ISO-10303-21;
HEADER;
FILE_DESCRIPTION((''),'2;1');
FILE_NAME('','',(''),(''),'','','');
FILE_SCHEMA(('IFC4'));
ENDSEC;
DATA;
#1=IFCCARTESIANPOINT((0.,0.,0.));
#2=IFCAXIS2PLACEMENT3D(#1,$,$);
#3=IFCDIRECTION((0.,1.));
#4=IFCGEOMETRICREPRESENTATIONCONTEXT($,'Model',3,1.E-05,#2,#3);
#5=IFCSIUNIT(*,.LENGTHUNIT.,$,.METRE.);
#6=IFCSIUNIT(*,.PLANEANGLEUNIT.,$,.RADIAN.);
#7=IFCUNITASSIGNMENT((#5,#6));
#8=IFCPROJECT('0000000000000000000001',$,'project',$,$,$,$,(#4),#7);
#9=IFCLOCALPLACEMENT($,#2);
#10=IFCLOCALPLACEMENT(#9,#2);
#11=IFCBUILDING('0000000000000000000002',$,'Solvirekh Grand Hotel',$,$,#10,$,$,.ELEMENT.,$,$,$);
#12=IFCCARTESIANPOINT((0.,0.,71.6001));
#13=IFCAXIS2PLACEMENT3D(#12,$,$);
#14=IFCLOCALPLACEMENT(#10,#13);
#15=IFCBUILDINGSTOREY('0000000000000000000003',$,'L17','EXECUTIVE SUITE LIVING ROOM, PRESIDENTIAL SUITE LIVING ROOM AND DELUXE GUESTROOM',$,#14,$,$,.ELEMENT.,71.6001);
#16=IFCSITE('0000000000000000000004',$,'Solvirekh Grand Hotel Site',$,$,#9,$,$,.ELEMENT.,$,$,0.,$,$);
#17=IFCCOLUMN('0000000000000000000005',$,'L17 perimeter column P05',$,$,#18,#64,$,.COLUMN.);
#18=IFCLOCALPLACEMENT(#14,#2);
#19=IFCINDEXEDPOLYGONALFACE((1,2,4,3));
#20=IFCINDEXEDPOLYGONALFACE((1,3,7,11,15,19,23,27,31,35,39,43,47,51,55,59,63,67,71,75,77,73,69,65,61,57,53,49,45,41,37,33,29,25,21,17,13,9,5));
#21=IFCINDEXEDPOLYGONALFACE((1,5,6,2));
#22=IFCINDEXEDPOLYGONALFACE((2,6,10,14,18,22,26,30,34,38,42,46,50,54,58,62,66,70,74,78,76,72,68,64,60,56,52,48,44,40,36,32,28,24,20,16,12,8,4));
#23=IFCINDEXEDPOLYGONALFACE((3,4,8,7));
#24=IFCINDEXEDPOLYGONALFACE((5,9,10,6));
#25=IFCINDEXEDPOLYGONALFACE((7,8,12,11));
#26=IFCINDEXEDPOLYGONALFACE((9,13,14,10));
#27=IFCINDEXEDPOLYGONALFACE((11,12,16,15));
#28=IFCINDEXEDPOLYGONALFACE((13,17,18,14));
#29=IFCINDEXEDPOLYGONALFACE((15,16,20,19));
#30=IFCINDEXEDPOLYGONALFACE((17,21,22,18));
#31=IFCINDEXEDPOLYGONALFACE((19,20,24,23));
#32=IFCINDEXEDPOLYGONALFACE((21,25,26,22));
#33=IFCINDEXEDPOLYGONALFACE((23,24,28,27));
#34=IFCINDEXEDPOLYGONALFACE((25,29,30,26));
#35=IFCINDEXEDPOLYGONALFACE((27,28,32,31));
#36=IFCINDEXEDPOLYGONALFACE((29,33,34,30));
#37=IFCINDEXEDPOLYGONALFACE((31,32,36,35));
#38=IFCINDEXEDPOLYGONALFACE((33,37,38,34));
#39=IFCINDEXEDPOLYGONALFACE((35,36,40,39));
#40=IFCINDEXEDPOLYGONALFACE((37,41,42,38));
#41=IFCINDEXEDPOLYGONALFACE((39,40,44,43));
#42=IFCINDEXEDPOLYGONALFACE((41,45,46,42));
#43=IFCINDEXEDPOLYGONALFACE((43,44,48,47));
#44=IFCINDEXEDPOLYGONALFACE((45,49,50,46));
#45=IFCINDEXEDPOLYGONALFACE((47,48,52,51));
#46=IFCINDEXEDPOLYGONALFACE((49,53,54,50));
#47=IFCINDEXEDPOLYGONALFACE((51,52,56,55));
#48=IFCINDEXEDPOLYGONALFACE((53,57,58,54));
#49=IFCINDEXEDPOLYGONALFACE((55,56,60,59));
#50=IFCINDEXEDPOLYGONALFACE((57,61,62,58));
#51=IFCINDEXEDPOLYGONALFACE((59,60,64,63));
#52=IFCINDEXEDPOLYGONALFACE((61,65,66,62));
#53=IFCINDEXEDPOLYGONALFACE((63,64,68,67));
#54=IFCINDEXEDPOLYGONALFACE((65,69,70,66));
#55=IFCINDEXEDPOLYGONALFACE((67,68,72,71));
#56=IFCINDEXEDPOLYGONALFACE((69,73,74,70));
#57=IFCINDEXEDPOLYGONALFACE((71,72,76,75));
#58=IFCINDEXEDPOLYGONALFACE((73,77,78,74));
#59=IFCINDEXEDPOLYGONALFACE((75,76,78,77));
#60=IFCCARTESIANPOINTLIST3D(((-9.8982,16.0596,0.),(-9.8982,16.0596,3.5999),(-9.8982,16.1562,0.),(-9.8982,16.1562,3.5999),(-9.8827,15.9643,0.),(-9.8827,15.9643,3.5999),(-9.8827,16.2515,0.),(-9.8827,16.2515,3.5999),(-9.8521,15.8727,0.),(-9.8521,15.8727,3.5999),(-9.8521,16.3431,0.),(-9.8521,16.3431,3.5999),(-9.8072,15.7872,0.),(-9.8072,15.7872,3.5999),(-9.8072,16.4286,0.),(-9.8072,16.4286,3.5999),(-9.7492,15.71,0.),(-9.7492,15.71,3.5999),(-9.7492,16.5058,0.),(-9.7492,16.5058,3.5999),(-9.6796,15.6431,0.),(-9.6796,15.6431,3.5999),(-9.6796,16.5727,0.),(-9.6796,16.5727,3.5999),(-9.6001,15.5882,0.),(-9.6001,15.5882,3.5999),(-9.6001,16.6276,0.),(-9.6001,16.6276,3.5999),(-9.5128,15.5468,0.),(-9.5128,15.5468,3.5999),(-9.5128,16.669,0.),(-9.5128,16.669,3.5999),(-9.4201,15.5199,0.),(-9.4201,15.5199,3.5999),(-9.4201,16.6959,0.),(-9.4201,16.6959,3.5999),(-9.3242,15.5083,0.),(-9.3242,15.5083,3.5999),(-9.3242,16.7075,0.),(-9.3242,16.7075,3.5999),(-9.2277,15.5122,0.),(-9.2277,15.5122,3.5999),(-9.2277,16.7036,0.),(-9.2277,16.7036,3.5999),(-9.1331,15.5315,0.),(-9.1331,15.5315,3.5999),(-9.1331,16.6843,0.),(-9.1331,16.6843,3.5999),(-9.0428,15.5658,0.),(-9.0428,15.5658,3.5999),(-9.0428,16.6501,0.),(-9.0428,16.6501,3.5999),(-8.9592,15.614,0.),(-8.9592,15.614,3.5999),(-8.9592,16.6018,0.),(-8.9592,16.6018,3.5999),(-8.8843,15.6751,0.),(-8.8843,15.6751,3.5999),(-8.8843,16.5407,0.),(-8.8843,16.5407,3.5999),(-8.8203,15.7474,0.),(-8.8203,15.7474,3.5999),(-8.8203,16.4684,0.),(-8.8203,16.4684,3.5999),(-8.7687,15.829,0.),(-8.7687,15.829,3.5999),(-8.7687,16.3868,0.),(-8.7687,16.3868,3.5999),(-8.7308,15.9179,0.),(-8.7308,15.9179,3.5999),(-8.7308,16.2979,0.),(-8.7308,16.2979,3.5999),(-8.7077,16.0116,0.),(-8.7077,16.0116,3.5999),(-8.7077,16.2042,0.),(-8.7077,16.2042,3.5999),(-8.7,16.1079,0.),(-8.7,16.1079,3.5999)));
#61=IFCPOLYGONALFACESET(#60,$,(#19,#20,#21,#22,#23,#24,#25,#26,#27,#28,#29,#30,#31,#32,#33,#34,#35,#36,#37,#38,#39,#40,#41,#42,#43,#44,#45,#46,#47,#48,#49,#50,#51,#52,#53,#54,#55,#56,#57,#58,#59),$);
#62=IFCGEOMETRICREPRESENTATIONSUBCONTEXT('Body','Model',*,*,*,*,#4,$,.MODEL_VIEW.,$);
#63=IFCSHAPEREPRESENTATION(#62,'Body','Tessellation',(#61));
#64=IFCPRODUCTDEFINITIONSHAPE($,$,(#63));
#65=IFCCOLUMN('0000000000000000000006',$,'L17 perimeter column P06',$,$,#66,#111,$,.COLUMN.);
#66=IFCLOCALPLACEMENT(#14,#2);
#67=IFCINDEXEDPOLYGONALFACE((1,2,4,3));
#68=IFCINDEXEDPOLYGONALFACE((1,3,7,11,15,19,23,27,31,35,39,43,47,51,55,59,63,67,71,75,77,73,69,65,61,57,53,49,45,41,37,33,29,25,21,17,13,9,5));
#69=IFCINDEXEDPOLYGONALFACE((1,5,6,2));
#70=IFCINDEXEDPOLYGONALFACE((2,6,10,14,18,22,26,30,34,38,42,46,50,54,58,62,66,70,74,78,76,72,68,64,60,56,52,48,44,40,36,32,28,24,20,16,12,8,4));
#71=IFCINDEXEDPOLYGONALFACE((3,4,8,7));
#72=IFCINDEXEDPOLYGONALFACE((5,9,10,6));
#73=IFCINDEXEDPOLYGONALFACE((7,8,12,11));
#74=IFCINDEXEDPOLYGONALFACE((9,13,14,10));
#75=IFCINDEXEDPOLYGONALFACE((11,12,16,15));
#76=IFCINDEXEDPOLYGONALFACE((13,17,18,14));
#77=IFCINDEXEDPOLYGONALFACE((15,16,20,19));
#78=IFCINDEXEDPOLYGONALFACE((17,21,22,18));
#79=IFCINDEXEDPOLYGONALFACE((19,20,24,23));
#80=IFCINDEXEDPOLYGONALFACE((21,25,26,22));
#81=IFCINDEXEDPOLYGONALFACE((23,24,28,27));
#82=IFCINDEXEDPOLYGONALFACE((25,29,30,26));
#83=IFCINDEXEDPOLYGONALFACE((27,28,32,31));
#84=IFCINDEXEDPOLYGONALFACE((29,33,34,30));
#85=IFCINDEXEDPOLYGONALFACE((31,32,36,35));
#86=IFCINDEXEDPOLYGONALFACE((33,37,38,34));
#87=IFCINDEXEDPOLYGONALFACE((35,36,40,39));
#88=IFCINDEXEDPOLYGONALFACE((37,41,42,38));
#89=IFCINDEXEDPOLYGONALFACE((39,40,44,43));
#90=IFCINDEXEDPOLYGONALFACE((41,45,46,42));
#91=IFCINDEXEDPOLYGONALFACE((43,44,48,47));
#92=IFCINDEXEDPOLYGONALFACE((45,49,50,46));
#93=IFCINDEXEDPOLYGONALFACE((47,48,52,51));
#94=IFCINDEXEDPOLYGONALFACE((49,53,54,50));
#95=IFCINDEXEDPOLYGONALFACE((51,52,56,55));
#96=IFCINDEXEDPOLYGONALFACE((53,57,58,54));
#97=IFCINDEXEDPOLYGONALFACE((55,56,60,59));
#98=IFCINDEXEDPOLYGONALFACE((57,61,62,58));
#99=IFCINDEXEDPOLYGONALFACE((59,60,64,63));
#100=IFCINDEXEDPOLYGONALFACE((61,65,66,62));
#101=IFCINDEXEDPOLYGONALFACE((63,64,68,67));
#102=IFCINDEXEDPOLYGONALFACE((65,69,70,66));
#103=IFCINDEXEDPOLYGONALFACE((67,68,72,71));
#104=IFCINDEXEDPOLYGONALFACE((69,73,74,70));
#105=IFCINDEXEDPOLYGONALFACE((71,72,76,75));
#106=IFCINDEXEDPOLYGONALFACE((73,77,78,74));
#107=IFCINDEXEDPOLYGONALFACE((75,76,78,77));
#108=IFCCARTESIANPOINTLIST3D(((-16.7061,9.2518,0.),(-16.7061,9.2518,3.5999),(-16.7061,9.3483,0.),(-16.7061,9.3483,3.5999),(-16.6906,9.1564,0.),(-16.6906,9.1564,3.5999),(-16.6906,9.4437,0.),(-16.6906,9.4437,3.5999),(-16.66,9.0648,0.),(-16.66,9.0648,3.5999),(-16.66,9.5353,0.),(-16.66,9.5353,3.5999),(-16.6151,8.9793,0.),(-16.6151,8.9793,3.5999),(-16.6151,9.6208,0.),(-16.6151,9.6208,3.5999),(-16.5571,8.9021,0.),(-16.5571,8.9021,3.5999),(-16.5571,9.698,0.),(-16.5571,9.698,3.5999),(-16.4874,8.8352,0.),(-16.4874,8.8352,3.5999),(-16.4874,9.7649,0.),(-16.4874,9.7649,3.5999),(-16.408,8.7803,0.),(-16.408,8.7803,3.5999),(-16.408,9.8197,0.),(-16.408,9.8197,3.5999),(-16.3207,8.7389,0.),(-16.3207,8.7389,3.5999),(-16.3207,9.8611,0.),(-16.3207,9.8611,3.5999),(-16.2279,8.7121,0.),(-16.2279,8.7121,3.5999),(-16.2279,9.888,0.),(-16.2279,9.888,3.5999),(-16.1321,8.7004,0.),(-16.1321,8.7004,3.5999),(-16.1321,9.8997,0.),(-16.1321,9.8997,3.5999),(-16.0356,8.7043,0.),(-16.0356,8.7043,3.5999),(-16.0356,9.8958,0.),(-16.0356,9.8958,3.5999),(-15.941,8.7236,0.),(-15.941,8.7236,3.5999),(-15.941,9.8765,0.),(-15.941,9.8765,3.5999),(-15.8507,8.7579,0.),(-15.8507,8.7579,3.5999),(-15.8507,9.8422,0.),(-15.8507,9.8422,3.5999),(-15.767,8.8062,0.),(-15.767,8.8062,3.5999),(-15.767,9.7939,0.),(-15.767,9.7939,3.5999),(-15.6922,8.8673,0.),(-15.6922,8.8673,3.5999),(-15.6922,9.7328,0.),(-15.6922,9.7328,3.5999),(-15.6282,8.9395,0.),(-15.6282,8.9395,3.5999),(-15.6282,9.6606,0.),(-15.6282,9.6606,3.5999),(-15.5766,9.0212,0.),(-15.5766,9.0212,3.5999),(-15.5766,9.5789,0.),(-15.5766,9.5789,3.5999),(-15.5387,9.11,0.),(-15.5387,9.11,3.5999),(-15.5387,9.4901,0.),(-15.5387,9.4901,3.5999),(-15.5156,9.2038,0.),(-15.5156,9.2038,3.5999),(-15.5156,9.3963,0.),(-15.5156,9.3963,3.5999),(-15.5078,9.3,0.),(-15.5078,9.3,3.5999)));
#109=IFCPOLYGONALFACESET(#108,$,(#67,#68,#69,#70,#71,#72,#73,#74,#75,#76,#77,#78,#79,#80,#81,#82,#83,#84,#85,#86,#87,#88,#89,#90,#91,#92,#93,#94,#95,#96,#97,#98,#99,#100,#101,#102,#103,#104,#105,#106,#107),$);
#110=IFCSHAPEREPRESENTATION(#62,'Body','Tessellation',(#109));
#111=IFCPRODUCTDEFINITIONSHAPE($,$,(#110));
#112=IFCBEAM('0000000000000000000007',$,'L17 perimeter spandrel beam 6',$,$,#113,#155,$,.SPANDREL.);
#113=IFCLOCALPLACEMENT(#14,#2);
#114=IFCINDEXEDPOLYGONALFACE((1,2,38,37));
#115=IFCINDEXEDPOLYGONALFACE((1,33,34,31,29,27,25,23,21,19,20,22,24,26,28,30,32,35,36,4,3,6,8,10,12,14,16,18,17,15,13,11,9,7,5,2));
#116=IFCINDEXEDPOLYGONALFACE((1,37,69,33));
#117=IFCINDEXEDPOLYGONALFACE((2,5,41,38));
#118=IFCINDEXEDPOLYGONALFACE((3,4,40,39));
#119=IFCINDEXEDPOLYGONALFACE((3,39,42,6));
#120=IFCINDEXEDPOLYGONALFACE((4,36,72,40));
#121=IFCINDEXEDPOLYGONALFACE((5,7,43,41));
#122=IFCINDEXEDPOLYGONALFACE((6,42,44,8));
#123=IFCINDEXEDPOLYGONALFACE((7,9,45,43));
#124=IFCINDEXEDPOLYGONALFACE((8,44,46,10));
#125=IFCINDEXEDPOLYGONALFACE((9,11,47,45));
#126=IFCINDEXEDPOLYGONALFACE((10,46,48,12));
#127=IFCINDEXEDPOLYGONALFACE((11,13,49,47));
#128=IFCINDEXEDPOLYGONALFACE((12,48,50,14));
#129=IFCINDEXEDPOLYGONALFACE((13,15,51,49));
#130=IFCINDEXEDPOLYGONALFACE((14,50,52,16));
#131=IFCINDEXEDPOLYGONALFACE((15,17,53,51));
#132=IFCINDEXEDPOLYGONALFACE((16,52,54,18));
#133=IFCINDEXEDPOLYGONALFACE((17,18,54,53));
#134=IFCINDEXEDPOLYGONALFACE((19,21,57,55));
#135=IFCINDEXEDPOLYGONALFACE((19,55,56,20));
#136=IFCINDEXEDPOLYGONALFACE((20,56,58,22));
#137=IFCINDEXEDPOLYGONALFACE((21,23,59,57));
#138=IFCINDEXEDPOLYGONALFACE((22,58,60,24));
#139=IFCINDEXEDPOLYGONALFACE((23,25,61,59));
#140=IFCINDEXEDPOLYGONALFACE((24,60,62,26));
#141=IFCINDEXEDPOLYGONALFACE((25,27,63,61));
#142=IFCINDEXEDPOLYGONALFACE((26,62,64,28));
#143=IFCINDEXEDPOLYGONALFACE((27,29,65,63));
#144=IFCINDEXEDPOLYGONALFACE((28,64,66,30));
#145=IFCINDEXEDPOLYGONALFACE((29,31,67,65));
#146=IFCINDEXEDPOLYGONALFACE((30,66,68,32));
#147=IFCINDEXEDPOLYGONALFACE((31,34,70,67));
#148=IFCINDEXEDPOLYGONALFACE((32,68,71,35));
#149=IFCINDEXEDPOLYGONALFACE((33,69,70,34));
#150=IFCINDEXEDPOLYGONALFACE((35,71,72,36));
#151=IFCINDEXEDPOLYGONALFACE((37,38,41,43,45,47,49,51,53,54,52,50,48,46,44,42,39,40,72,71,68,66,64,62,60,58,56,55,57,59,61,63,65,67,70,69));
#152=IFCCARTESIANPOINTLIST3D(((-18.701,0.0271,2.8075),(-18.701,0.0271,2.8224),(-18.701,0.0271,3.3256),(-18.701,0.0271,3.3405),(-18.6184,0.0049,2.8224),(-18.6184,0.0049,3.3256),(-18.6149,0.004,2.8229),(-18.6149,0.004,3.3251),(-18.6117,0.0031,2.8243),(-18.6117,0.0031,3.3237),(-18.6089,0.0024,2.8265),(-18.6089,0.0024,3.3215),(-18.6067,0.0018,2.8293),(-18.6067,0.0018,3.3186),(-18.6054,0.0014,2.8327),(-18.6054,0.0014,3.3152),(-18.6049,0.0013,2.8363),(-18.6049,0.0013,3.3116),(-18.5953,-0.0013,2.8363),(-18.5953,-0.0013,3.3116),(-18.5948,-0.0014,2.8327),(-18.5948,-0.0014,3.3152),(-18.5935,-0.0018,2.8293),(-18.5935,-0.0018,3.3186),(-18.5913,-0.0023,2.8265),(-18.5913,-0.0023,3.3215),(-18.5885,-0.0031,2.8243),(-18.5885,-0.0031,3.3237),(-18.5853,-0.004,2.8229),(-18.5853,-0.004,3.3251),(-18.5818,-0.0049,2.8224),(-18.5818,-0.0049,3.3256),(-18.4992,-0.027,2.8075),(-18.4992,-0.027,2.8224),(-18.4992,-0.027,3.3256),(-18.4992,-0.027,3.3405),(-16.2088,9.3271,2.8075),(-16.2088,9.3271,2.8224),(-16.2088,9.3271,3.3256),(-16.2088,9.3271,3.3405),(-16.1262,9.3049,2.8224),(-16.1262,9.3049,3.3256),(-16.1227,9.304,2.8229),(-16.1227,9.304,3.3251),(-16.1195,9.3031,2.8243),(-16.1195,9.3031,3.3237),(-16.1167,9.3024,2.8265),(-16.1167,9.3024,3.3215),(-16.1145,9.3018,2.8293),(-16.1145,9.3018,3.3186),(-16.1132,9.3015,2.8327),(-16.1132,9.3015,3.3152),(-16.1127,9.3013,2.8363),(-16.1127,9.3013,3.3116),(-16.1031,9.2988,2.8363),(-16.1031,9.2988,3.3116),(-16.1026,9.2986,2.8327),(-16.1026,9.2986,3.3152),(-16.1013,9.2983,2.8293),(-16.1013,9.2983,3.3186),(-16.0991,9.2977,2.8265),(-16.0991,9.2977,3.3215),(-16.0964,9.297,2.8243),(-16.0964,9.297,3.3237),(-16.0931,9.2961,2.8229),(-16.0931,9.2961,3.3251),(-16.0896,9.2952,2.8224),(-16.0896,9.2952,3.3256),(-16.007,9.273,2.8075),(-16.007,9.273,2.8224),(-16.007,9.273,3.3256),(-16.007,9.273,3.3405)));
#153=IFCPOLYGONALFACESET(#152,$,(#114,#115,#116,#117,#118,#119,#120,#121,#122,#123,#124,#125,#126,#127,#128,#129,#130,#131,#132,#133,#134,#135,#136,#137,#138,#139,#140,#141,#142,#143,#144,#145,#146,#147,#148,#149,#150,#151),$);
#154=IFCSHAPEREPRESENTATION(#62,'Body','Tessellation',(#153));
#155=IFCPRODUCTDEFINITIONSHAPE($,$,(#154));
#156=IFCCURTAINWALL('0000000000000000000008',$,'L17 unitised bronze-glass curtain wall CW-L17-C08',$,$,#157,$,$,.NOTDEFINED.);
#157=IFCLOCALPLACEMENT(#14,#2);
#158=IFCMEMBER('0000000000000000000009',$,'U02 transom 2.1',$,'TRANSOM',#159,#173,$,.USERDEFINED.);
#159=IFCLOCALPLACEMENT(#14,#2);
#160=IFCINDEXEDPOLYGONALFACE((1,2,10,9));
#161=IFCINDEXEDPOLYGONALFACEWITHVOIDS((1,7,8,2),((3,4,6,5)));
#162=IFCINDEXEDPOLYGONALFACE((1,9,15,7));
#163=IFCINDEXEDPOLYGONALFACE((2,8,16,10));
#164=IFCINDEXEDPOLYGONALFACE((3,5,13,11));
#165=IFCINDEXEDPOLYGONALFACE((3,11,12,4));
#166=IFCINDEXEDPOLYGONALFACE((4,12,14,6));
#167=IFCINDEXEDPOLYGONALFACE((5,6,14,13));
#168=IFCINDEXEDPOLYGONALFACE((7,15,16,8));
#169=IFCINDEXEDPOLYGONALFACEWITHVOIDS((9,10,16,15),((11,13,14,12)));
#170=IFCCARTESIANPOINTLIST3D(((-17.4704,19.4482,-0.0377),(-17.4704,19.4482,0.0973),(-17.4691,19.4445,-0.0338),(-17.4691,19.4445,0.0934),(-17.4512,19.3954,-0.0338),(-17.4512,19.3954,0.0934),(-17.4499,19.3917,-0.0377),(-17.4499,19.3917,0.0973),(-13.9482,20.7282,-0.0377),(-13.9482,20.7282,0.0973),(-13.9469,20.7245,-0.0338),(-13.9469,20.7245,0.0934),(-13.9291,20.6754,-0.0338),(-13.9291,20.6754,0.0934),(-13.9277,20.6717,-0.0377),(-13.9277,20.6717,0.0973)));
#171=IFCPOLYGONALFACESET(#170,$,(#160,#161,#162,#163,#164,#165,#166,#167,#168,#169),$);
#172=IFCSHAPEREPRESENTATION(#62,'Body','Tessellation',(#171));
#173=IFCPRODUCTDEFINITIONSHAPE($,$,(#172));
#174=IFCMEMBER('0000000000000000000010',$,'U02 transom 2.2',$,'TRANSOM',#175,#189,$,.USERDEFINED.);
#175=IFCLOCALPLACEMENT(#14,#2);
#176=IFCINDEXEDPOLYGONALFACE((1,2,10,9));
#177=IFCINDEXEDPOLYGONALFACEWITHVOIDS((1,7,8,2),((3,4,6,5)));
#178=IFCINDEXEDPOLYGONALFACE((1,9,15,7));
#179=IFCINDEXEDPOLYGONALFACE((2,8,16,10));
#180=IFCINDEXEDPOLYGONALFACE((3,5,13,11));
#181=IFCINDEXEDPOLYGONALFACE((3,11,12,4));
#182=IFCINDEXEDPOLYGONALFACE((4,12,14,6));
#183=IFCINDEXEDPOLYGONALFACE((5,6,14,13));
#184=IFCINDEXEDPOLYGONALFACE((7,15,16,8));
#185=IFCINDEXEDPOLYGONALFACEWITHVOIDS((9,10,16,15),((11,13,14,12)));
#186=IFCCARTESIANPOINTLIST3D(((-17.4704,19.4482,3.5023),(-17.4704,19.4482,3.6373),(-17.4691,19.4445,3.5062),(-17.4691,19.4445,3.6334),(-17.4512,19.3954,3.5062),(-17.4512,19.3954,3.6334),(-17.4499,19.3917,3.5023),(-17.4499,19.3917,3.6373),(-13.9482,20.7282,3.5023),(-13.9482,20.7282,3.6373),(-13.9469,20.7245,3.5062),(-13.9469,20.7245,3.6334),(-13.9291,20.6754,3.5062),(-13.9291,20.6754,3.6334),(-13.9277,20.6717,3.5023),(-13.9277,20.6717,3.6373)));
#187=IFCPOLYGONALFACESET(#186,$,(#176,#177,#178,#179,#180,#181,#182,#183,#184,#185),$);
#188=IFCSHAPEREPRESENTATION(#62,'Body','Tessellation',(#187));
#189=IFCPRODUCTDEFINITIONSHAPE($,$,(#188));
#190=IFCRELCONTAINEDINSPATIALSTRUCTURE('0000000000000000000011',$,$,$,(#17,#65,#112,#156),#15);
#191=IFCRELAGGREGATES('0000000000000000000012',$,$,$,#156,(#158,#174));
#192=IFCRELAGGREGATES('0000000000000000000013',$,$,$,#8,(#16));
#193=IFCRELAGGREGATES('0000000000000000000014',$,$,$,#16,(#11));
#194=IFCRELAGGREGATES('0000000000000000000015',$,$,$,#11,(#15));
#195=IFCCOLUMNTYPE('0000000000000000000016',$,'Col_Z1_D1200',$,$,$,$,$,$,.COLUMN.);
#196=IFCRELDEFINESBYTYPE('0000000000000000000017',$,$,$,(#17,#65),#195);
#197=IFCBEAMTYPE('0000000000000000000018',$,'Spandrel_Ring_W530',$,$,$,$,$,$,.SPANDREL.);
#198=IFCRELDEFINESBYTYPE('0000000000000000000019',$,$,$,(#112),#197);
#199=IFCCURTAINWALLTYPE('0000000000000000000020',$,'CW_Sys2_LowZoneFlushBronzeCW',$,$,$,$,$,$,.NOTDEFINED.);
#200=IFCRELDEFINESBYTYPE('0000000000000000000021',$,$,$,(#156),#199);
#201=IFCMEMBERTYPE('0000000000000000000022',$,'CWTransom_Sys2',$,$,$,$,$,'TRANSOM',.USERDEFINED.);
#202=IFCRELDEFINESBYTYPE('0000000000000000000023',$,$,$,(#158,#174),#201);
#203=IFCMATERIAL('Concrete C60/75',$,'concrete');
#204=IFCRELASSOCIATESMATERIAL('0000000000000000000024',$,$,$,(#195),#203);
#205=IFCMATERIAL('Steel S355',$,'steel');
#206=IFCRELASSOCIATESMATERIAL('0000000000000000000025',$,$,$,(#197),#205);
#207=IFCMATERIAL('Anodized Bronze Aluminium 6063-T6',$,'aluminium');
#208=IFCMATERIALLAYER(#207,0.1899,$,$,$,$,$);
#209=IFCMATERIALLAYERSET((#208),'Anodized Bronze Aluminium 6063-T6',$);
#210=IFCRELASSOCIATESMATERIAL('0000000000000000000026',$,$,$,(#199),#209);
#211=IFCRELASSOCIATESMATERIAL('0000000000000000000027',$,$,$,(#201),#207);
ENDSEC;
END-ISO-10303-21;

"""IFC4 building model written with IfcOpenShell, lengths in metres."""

from ifc_helpers import new_model, si_unit, direction, frame, origin, origin_2d, place, context, subcontext, project, spatial, hollow_rectangle, circle, i_section, extrude, source, transform, mapped, material, layer, layer_set, material_profile, profile_set, type_object, element, aggregate, save


model = new_model("IFC4")

# Units and contexts
model_context = context("Model", 3, precision=1e-05, world=origin(), true_north=direction((0.0, 1.0)))
body_context = subcontext(model_context, "Body", "Model", "MODEL_VIEW")
ifc_project = project(units=[si_unit("LENGTHUNIT", "METRE"), si_unit("PLANEANGLEUNIT", "RADIAN")], contexts=[model_context])

# Site, building, storey
site_placement = place(None, origin())
site = spatial("IfcSite", under=ifc_project, at=site_placement, Name="Solvirekh Grand Hotel Site", CompositionType="ELEMENT", RefElevation=0.0)
building_placement = place(site_placement, origin())
building = spatial("IfcBuilding", under=site, at=building_placement, Name="Solvirekh Grand Hotel", CompositionType="ELEMENT")
storey_placement = place(building_placement, frame((0.0, 0.0, 71.6001)))
storey = spatial("IfcBuildingStorey", under=building, at=storey_placement, Name="L17", Description="EXECUTIVE SUITE LIVING ROOM, PRESIDENTIAL SUITE LIVING ROOM AND DELUXE GUESTROOM", CompositionType="ELEMENT", Elevation=71.6001)

# Columns
ifc_material_1 = material(Name="Concrete C60/75", Category="concrete")
ifc_material_profile_1 = material_profile(ifc_material_1, circle(Radius=0.6001, at=origin_2d()), Name="RC CIRC D1200")
ifc_profile_set_1 = profile_set([ifc_material_profile_1], Name="Concrete C60/75")
column_type = type_object("IfcColumnType", Name="Col_Z1_D1200", PredefinedType="COLUMN", material=ifc_profile_set_1)
for number, where, z_axis, x_axis, name in (
    (1, (-9.3, 16.1079, 0.0), (0.0, 0.0, 1.0), (1.0, 0.0, 0.0), "L17 perimeter column P05"),
    (2, (-16.1079, 9.3, 0.0), (0.0, 0.0, 1.0), (1.0, 0.0, 0.0), "L17 perimeter column P06"),
):
    element("IfcColumn", number, at=place(storey_placement, frame(where, z_axis=z_axis, x_axis=x_axis)), inside=storey, type_object=column_type, Name=name, PredefinedType="COLUMN", context=body_context, shape_type="SweptSolid", body=[
        extrude(circle(Radius=0.6001, at=origin_2d()), origin(), (0.0, 0.0, 1.0), 3.5999),
    ])

# Beam
ifc_material_2 = material(Name="Steel S355", Category="steel")
ifc_material_profile_2 = material_profile(ifc_material_2, i_section(OverallWidth=0.209, OverallDepth=0.533, WebThickness=0.01, FlangeThickness=0.0149, FilletRadius=0.0139, at=origin_2d()), Name="W530X92")
ifc_profile_set_2 = profile_set([ifc_material_profile_2], Name="Steel S355")
beam_type = type_object("IfcBeamType", Name="Spandrel_Ring_W530", PredefinedType="SPANDREL", material=ifc_profile_set_2)
beam_placement = place(storey_placement, frame((-16.1079, 9.3, 3.074), z_axis=(-0.258843, -0.965919, 0.0), x_axis=(0.965919, -0.258843, 0.0)))
element("IfcBeam", 3, at=beam_placement, inside=storey, type_object=beam_type, Name="L17 perimeter spandrel beam 6", PredefinedType="SPANDREL", context=body_context, shape_type="SweptSolid", body=[
    extrude(i_section(OverallWidth=0.209, OverallDepth=0.533, WebThickness=0.01, FlangeThickness=0.0149, FilletRadius=0.0139, at=origin_2d()), origin(), (0.0, 0.0, 1.0), 9.6282),
])

# Curtain wall, members
ifc_material_3 = material(Name="Anodized Bronze Aluminium 6063-T6", Category="aluminium")
ifc_layer_1 = layer(ifc_material_3, 0.1899)
ifc_layer_set_1 = layer_set([ifc_layer_1], Name="Anodized Bronze Aluminium 6063-T6")
curtain_wall_type = type_object("IfcCurtainWallType", Name="CW_Sys2_LowZoneFlushBronzeCW", PredefinedType="NOTDEFINED", material=ifc_layer_set_1)
curtain_wall_placement = place(storey_placement, origin())
curtain_wall = element("IfcCurtainWall", 4, at=curtain_wall_placement, inside=storey, type_object=curtain_wall_type, Name="L17 unitised bronze-glass curtain wall CW-L17-C08", PredefinedType="NOTDEFINED")
ifc_material_profile_3 = material_profile(ifc_material_3, hollow_rectangle(XDim=0.0601, YDim=0.135, WallThickness=0.0039, at=origin_2d()), Name="ALU RHS 135X60X4")
ifc_profile_set_3 = profile_set([ifc_material_profile_3], Name="Anodized Bronze Aluminium 6063-T6")
member_type_1 = type_object("IfcMemberType", Name="CWTransom_Sys2", ElementType="TRANSOM", PredefinedType="USERDEFINED", material=ifc_profile_set_3)
shared_shape_1 = source(origin(), body_context, "Body", "SweptSolid", [
    extrude(hollow_rectangle(XDim=0.0601, YDim=0.135, WallThickness=0.0039, at=origin_2d()), origin(), (0.0, 0.0, 1.0), 3.7476),
])
member_1_placement = place(storey_placement, frame((-13.938, 20.7, 0.0298), z_axis=(-0.93986, -0.34156, 0.0), x_axis=(0.34156, -0.93986, 0.0)))
member_1 = element("IfcMember", 5, at=member_1_placement, type_object=member_type_1, Name="U02 transom 2.1", ObjectType="TRANSOM", PredefinedType="USERDEFINED", context=body_context, shape_type="MappedRepresentation", body=[
    mapped(shared_shape_1, transform((0.0, 0.0, 0.0), x_axis=(1.0, 0.0, 0.0), y_axis=(0.0, 1.0, 0.0), z_axis=(0.0, 0.0, 1.0), scale=1.0)),
])
member_2_placement = place(storey_placement, frame((-13.938, 20.7, 3.5698), z_axis=(-0.93986, -0.34156, 0.0), x_axis=(0.34156, -0.93986, 0.0)))
member_2 = element("IfcMember", 6, at=member_2_placement, type_object=member_type_1, Name="U02 transom 2.2", ObjectType="TRANSOM", PredefinedType="USERDEFINED", context=body_context, shape_type="MappedRepresentation", body=[
    mapped(shared_shape_1, transform((0.0, 0.0, 0.0), x_axis=(1.0, 0.0, 0.0), y_axis=(0.0, 1.0, 0.0), z_axis=(0.0, 0.0, 1.0), scale=1.0)),
])
aggregate(curtain_wall, [member_1, member_2])

save(model, "model.ifc")
